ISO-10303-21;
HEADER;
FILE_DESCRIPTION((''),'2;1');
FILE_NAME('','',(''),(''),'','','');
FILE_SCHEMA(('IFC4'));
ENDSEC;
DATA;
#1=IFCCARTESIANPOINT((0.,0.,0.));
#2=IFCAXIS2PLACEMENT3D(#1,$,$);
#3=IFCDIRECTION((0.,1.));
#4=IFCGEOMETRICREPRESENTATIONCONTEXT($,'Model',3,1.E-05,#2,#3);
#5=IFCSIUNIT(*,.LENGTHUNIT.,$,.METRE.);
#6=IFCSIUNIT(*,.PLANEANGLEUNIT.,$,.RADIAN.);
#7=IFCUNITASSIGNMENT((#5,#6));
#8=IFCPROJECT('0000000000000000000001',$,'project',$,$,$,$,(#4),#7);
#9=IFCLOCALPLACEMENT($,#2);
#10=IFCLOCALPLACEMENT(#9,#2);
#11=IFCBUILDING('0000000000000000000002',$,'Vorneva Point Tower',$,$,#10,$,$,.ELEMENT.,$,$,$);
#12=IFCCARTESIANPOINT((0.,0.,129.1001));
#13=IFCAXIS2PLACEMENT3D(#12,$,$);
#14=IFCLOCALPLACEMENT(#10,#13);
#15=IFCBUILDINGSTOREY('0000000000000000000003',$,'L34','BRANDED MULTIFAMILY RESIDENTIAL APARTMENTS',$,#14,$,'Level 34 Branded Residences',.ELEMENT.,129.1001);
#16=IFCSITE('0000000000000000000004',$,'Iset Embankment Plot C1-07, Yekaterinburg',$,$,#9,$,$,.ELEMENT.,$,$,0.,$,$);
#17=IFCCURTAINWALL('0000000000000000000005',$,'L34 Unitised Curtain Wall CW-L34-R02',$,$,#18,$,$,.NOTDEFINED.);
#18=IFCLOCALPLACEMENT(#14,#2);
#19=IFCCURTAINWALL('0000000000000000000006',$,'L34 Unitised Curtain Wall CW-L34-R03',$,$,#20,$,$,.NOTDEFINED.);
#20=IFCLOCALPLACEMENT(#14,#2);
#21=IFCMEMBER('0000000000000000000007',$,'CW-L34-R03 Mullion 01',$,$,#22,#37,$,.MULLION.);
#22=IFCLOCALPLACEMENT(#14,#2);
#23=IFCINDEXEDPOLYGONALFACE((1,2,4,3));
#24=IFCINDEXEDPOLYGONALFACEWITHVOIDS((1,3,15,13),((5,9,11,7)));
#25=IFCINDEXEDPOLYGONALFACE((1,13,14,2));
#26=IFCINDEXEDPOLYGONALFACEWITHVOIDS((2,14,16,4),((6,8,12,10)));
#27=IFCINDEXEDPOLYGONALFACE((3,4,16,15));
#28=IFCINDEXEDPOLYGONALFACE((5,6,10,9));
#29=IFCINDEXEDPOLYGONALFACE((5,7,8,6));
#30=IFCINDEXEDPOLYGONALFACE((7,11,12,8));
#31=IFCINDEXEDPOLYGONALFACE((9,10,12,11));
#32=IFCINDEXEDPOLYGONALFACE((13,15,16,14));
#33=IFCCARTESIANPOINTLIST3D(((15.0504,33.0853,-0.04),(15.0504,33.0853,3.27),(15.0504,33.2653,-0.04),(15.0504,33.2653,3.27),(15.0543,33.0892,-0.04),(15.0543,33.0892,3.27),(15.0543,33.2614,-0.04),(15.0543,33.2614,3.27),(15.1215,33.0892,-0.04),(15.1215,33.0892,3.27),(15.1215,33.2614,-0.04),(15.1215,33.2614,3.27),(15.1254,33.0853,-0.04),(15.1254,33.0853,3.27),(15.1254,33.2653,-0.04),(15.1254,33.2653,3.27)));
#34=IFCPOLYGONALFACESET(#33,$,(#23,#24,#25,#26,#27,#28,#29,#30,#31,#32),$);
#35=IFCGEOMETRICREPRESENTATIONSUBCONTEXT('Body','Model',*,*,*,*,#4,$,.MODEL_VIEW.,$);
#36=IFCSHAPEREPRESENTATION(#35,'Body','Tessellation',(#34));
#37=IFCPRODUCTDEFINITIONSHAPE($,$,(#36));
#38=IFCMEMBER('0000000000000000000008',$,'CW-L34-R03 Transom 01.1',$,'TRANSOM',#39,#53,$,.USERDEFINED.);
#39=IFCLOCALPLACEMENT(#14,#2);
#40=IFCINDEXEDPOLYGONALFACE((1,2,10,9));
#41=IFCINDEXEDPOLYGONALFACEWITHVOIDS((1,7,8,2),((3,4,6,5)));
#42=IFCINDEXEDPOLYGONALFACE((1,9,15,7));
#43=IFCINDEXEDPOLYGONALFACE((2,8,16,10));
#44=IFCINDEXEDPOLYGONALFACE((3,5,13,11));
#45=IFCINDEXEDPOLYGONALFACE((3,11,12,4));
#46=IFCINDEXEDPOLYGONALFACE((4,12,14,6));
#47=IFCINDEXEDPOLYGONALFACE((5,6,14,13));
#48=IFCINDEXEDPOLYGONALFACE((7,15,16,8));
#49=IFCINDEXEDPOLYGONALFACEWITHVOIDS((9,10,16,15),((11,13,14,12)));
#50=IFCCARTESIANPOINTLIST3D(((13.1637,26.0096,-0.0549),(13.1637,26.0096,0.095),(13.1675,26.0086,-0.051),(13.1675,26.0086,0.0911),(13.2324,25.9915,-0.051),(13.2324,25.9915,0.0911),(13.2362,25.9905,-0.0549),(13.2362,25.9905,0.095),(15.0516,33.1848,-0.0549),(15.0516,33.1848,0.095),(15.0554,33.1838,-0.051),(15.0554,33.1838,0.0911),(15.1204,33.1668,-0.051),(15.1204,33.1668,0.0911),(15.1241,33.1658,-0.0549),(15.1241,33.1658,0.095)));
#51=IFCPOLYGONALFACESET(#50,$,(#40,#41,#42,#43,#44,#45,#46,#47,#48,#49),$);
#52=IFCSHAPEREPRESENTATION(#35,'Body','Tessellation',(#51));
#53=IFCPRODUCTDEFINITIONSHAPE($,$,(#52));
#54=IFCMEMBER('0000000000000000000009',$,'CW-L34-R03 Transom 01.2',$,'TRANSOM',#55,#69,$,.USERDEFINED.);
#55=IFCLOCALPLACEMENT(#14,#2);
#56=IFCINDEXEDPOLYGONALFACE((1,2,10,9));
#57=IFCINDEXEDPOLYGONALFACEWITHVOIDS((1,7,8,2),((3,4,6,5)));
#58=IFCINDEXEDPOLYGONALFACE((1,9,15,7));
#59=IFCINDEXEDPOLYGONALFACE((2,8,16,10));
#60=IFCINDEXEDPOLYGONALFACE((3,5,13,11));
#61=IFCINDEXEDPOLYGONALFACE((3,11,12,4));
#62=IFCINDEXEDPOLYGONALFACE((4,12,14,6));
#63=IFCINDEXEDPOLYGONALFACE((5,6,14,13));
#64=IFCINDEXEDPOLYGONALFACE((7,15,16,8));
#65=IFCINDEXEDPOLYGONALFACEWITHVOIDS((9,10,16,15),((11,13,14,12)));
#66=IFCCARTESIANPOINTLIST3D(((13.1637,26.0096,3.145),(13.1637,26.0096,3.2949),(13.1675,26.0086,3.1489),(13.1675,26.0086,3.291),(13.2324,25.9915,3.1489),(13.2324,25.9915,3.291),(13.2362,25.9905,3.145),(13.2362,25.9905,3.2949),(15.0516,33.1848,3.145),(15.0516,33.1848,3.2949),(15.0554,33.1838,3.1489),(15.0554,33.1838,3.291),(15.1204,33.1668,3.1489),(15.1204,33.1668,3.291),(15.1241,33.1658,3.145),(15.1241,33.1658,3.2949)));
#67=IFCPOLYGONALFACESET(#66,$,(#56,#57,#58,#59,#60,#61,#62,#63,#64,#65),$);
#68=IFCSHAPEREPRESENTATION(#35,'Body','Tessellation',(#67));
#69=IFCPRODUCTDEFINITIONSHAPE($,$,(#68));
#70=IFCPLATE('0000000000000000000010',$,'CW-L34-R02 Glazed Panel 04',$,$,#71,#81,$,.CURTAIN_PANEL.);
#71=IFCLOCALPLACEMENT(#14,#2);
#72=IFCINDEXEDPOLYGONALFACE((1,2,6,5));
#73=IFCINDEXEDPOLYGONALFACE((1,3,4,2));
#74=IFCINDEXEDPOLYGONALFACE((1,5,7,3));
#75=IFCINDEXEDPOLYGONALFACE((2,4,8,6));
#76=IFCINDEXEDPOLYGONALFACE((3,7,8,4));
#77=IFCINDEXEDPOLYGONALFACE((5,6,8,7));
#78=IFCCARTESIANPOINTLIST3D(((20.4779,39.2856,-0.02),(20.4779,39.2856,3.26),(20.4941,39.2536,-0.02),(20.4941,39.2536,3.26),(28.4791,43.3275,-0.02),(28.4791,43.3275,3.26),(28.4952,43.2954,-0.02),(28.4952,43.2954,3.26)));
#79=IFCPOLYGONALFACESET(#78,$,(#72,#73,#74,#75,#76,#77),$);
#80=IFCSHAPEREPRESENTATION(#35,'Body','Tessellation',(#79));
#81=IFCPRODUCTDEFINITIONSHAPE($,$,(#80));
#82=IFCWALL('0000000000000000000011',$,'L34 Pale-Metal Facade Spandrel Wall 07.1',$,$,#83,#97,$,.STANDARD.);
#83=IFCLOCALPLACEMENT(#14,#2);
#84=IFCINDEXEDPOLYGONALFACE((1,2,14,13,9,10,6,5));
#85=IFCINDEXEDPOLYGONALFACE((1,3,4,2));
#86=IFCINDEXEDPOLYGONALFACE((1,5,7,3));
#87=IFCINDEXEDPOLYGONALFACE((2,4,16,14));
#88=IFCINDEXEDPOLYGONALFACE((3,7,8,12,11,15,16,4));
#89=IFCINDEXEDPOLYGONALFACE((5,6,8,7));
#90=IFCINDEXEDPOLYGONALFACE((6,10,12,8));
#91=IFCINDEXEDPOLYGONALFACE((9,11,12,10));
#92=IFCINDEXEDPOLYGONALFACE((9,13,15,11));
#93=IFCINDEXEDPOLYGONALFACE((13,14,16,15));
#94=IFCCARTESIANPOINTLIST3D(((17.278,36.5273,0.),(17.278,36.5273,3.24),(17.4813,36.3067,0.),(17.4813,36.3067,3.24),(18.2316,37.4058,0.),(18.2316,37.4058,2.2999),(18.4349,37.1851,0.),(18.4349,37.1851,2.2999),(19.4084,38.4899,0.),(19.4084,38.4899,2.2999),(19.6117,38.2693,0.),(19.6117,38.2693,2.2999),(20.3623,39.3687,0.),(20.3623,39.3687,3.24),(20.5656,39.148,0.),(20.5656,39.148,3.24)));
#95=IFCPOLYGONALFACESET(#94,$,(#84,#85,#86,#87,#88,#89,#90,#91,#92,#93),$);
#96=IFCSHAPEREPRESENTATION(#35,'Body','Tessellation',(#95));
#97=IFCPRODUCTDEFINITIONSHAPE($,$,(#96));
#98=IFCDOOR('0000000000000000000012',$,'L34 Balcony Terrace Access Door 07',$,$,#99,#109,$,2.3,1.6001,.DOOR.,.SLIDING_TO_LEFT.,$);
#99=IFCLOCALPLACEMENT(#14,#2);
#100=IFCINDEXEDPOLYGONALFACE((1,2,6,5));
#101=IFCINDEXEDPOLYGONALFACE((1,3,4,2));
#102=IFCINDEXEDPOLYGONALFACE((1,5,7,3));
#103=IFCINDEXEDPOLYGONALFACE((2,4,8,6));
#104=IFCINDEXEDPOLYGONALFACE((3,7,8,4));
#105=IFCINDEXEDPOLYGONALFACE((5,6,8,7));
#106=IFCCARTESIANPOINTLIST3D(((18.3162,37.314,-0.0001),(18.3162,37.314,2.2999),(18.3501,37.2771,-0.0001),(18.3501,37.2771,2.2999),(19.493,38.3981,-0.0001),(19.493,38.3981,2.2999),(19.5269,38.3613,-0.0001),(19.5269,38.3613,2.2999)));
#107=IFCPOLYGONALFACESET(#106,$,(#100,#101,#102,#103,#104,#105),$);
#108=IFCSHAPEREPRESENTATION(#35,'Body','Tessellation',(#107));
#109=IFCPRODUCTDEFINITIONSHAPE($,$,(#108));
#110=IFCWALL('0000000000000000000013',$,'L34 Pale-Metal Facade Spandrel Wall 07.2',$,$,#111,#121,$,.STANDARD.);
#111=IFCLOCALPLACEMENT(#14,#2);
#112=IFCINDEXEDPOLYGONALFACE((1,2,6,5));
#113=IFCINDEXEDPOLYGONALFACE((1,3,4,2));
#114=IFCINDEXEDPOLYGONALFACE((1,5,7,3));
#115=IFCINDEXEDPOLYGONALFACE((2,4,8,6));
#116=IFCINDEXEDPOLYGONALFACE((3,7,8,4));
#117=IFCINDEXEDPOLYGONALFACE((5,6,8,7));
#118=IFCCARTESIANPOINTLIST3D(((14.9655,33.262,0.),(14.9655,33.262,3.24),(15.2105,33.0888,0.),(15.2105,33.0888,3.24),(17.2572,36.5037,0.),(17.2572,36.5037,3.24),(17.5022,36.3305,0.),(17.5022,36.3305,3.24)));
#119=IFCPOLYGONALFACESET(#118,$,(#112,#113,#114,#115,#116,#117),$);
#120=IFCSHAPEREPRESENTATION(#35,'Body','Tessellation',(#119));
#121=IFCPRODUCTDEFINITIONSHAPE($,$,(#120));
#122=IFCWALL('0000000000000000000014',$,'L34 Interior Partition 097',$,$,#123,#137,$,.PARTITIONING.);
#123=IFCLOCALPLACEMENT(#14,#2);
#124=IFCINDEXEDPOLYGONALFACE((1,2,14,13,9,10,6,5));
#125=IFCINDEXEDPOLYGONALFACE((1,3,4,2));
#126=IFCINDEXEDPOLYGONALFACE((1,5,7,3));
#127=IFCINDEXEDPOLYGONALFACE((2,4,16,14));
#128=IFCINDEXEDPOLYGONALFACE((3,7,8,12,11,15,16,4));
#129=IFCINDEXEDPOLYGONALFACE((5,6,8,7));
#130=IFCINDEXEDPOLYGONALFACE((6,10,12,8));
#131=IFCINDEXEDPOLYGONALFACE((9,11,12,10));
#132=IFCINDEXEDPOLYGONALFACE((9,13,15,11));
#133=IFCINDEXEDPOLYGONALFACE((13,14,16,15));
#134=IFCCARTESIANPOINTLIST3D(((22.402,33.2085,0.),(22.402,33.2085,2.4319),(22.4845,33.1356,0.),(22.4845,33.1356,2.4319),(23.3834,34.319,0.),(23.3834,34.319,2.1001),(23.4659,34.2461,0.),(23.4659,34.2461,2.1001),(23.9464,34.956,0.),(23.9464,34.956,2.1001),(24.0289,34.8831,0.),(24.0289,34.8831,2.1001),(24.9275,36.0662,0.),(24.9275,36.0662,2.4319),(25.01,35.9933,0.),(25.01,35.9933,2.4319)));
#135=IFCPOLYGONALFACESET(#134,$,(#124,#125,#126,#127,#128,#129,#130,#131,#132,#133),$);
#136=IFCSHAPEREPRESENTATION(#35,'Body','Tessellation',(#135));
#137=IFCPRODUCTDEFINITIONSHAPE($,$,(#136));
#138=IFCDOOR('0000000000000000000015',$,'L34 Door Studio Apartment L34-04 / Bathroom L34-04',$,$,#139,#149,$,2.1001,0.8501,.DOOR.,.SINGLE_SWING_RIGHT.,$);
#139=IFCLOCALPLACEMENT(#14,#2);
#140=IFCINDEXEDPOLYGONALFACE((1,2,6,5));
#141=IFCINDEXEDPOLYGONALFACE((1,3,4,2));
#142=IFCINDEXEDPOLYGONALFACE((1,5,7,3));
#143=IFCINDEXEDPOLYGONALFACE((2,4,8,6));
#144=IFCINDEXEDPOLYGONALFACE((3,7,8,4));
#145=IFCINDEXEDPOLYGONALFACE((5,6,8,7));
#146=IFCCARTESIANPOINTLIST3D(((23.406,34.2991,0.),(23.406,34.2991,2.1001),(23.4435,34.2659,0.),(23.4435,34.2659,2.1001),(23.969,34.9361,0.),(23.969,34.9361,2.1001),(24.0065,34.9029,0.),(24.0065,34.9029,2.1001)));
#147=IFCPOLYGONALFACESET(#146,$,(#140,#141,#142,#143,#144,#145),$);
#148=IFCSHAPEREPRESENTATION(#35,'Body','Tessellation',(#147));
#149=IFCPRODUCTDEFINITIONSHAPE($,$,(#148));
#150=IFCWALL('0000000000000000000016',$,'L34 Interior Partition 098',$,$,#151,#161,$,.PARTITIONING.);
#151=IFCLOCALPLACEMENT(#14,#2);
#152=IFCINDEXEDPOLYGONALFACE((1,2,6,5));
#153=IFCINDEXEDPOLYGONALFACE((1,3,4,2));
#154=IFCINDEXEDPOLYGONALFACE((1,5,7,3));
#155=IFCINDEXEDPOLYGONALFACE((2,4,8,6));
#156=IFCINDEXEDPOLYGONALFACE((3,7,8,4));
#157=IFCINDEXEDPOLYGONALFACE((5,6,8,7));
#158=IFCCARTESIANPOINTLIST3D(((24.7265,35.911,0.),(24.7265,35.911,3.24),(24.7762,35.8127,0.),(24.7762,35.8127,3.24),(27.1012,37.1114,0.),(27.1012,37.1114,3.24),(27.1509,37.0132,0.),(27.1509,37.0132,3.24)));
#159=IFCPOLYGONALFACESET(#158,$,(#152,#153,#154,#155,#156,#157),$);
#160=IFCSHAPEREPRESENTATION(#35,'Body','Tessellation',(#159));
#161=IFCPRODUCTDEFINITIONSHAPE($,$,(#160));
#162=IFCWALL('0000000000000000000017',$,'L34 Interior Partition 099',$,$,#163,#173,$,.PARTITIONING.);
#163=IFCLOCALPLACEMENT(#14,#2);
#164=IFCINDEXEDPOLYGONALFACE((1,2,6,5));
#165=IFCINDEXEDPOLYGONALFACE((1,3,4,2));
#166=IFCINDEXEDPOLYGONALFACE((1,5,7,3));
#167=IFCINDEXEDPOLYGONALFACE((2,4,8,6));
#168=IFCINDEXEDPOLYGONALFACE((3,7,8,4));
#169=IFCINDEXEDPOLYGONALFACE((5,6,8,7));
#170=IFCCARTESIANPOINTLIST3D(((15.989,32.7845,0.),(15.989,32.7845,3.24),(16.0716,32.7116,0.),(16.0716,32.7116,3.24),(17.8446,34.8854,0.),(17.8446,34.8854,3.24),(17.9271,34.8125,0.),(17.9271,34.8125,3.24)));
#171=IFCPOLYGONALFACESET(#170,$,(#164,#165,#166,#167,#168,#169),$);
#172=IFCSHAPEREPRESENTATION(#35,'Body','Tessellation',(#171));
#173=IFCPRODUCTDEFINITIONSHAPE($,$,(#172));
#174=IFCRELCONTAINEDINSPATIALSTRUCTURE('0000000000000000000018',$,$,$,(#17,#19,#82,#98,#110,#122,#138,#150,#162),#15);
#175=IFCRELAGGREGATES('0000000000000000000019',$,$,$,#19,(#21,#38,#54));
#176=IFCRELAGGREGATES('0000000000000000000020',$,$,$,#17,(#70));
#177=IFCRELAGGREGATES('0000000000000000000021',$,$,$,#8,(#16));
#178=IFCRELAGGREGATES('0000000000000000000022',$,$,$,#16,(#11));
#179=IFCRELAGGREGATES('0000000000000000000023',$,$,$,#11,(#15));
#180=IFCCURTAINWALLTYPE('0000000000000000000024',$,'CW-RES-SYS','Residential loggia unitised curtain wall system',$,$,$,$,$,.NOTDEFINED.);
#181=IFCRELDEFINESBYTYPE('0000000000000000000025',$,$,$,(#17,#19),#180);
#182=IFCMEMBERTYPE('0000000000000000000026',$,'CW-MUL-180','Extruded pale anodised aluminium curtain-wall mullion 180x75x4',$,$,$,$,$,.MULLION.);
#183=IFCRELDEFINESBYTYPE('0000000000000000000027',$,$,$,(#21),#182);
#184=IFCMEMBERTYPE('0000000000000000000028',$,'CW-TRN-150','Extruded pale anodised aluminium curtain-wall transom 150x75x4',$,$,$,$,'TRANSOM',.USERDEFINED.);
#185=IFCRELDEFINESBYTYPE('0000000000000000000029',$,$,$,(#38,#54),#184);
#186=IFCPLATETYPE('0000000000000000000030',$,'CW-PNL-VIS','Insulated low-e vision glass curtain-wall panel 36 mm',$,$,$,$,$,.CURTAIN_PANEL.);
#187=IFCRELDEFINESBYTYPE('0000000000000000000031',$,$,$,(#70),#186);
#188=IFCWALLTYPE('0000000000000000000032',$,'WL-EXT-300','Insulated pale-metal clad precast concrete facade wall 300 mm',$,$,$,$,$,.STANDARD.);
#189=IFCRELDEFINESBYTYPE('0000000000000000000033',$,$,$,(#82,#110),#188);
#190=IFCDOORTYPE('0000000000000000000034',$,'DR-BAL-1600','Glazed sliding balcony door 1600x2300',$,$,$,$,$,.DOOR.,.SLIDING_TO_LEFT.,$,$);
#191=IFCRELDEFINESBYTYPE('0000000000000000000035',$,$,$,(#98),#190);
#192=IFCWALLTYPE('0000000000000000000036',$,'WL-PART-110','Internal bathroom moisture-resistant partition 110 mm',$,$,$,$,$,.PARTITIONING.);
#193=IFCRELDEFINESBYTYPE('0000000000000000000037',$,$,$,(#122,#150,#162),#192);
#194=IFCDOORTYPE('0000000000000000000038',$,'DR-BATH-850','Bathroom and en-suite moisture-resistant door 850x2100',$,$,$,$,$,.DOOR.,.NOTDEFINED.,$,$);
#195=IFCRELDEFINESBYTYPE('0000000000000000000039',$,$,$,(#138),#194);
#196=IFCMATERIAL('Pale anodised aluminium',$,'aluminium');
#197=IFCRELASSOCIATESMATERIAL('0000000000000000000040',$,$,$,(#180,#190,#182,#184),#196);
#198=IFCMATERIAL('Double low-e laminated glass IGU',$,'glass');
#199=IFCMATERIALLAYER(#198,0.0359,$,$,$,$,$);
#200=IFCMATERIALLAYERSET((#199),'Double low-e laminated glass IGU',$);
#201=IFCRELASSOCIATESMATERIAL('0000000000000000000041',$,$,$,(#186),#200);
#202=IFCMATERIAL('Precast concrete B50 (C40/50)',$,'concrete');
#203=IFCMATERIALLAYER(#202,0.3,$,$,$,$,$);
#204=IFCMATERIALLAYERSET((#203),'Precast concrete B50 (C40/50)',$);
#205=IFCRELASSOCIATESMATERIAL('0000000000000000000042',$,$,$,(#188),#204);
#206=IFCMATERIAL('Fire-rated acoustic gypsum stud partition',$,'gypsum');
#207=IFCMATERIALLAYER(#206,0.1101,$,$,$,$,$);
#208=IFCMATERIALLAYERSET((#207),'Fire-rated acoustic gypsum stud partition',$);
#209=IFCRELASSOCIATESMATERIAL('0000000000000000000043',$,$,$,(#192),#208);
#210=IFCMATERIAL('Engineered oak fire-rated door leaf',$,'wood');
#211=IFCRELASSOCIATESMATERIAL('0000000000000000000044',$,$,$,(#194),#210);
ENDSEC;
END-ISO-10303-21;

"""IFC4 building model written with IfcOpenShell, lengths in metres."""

from ifc_helpers import new_model, si_unit, direction, frame, frame_2d, origin, origin_2d, place, context, subcontext, project, spatial, rectangle, hollow_rectangle, extrude, material, layer, layer_set, material_profile, profile_set, type_object, element, fill, aggregate, save


model = new_model("IFC4")

# Units and contexts
model_context = context("Model", 3, precision=1e-05, world=origin(), true_north=direction((0.0, 1.0)))
body_context = subcontext(model_context, "Body", "Model", "MODEL_VIEW")
ifc_project = project(units=[si_unit("LENGTHUNIT", "METRE"), si_unit("PLANEANGLEUNIT", "RADIAN")], contexts=[model_context])

# Site, building, storey
site_placement = place(None, origin())
site = spatial("IfcSite", under=ifc_project, at=site_placement, Name="Iset Embankment Plot C1-07, Yekaterinburg", CompositionType="ELEMENT", RefElevation=0.0)
building_placement = place(site_placement, origin())
building = spatial("IfcBuilding", under=site, at=building_placement, Name="Vorneva Point Tower", CompositionType="ELEMENT")
storey_placement = place(building_placement, frame((0.0, 0.0, 129.1001)))
storey = spatial("IfcBuildingStorey", under=building, at=storey_placement, Name="L34", Description="BRANDED MULTIFAMILY RESIDENTIAL APARTMENTS", LongName="Level 34 Branded Residences", CompositionType="ELEMENT", Elevation=129.1001)

# Curtain wall
ifc_material_1 = material(Name="Pale anodised aluminium", Category="aluminium")
curtain_wall_type = type_object("IfcCurtainWallType", Name="CW-RES-SYS", Description="Residential loggia unitised curtain wall system", PredefinedType="NOTDEFINED", material=ifc_material_1)
curtain_wall_1_placement = place(storey_placement, origin())
curtain_wall_1 = element("IfcCurtainWall", 1, at=curtain_wall_1_placement, inside=storey, type_object=curtain_wall_type, Name="L34 Unitised Curtain Wall CW-L34-R02", PredefinedType="NOTDEFINED")
ifc_material_profile_1 = material_profile(ifc_material_1, hollow_rectangle(XDim=0.075, YDim=0.1799, WallThickness=0.0039, at=origin_2d()), Name="AL-MUL 180x75x4")
ifc_profile_set_1 = profile_set([ifc_material_profile_1], Name="Pale anodised aluminium")
member_type_1 = type_object("IfcMemberType", Name="CW-MUL-180", Description="Extruded pale anodised aluminium curtain-wall mullion 180x75x4", PredefinedType="MULLION", material=ifc_profile_set_1)

# Curtain wall, members
curtain_wall_2_placement = place(storey_placement, origin())
curtain_wall_2 = element("IfcCurtainWall", 2, at=curtain_wall_2_placement, inside=storey, type_object=curtain_wall_type, Name="L34 Unitised Curtain Wall CW-L34-R03", PredefinedType="NOTDEFINED")
member_1_placement = place(storey_placement, frame((15.0879, 33.1753, -0.04), z_axis=(0.0, 0.0, 1.0), x_axis=(1.0, 0.0, 0.0)))
member_1 = element("IfcMember", 3, at=member_1_placement, type_object=member_type_1, Name="CW-L34-R03 Mullion 01", PredefinedType="MULLION", context=body_context, shape_type="SweptSolid", body=[
    extrude(hollow_rectangle(XDim=0.075, YDim=0.1799, WallThickness=0.0039, at=origin_2d()), origin(), (0.0, 0.0, 1.0), 3.3101),
])
ifc_material_profile_2 = material_profile(ifc_material_1, hollow_rectangle(XDim=0.075, YDim=0.1499, WallThickness=0.0039, at=origin_2d()), Name="AL-TRN 150x75x4")
ifc_profile_set_2 = profile_set([ifc_material_profile_2], Name="Pale anodised aluminium")
member_type_2 = type_object("IfcMemberType", Name="CW-TRN-150", Description="Extruded pale anodised aluminium curtain-wall transom 150x75x4", ElementType="TRANSOM", PredefinedType="USERDEFINED", material=ifc_profile_set_2)
member_2_placement = place(storey_placement, frame((15.0879, 33.1753, 0.02), z_axis=(-0.254456, -0.967084, 0.0), x_axis=(0.967084, -0.254456, 0.0)))
member_2 = element("IfcMember", 4, at=member_2_placement, type_object=member_type_2, Name="CW-L34-R03 Transom 01.1", ObjectType="TRANSOM", PredefinedType="USERDEFINED", context=body_context, shape_type="SweptSolid", body=[
    extrude(hollow_rectangle(XDim=0.075, YDim=0.1499, WallThickness=0.0039, at=origin_2d()), origin(), (0.0, 0.0, 1.0), 7.4194),
])
member_3_placement = place(storey_placement, frame((15.0879, 33.1753, 3.22), z_axis=(-0.254456, -0.967084, 0.0), x_axis=(0.967084, -0.254456, 0.0)))
member_3 = element("IfcMember", 5, at=member_3_placement, type_object=member_type_2, Name="CW-L34-R03 Transom 01.2", ObjectType="TRANSOM", PredefinedType="USERDEFINED", context=body_context, shape_type="SweptSolid", body=[
    extrude(hollow_rectangle(XDim=0.075, YDim=0.1499, WallThickness=0.0039, at=origin_2d()), origin(), (0.0, 0.0, 1.0), 7.4194),
])
aggregate(curtain_wall_2, [member_1, member_2, member_3])

# Plate
ifc_material_2 = material(Name="Double low-e laminated glass IGU", Category="glass")
ifc_layer_1 = layer(ifc_material_2, 0.0359)
ifc_layer_set_1 = layer_set([ifc_layer_1], Name="Double low-e laminated glass IGU")
plate_type = type_object("IfcPlateType", Name="CW-PNL-VIS", Description="Insulated low-e vision glass curtain-wall panel 36 mm", PredefinedType="CURTAIN_PANEL", material=ifc_layer_set_1)
plate_placement = place(storey_placement, frame((24.4866, 41.2905, -0.02), z_axis=(0.0, 0.0, 1.0), x_axis=(-0.892578, -0.450893, 0.0)))
plate = element("IfcPlate", 6, at=plate_placement, type_object=plate_type, Name="CW-L34-R02 Glazed Panel 04", PredefinedType="CURTAIN_PANEL", context=body_context, shape_type="SweptSolid", body=[
    extrude(rectangle(XDim=8.9641, YDim=0.0359, at=origin_2d()), origin(), (0.0, 0.0, 1.0), 3.28),
])
aggregate(curtain_wall_1, [plate])

# Wall, opening, door
ifc_material_3 = material(Name="Precast concrete B50 (C40/50)", Category="concrete")
ifc_layer_2 = layer(ifc_material_3, 0.3)
ifc_layer_set_2 = layer_set([ifc_layer_2], Name="Precast concrete B50 (C40/50)")
wall_type_1 = type_object("IfcWallType", Name="WL-EXT-300", Description="Insulated pale-metal clad precast concrete facade wall 300 mm", PredefinedType="STANDARD", material=ifc_layer_set_2)
wall_1_placement = place(storey_placement, frame((20.4639, 39.2583, 0.0), z_axis=(0.0, 0.0, 1.0), x_axis=(-0.735477, -0.67755, 0.0)))
wall_1 = element("IfcWall", 7, at=wall_1_placement, inside=storey, type_object=wall_type_1, Name="L34 Pale-Metal Facade Spandrel Wall 07.1", PredefinedType="STANDARD", context=body_context, shape_type="SweptSolid", body=[
    extrude(rectangle(XDim=4.1936, YDim=0.3, at=frame_2d((2.0967, 0.0))), origin(), (0.0, 0.0, 1.0), 3.24),
])
opening_1_placement = place(wall_1_placement, frame((1.2969, 0.0, 0.0)))
opening_1 = element("IfcOpeningElement", 8, at=opening_1_placement, cuts=wall_1, PredefinedType="OPENING", context=body_context, shape_type="SweptSolid", body=[
    extrude(rectangle(XDim=1.6001, YDim=2.3, at=frame_2d((0.8, 1.1499))), frame((0.0, 0.165, 0.0), z_axis=(0.0, -1.0, 0.0), x_axis=(1.0, 0.0, 0.0)), (0.0, 0.0, 1.0), 0.3298),
])
door_type_1 = type_object("IfcDoorType", Name="DR-BAL-1600", Description="Glazed sliding balcony door 1600x2300", OperationType="SLIDING_TO_LEFT", PredefinedType="DOOR", material=ifc_material_1)
door_1_placement = place(opening_1_placement, origin())
door_1 = element("IfcDoor", 9, at=door_1_placement, inside=storey, type_object=door_type_1, Name="L34 Balcony Terrace Access Door 07", OperationType="SLIDING_TO_LEFT", OverallHeight=2.3, OverallWidth=1.6001, PredefinedType="DOOR", context=body_context, shape_type="SweptSolid", body=[
    extrude(rectangle(XDim=1.6001, YDim=2.3, at=frame_2d((0.8, 1.1499))), frame((0.0, 0.0249, 0.0), z_axis=(0.0, -1.0, 0.0), x_axis=(1.0, 0.0, 0.0)), (0.0, 0.0, 1.0), 0.05),
])
fill(opening_1, door_1)

# Wall
wall_2_placement = place(storey_placement, frame((17.3796, 36.417, 0.0), z_axis=(0.0, 0.0, 1.0), x_axis=(-0.57727, -0.816554, 0.0)))
element("IfcWall", 10, at=wall_2_placement, inside=storey, type_object=wall_type_1, Name="L34 Pale-Metal Facade Spandrel Wall 07.2", PredefinedType="STANDARD", context=body_context, shape_type="SweptSolid", body=[
    extrude(rectangle(XDim=3.97, YDim=0.3, at=frame_2d((1.9849, 0.0))), origin(), (0.0, 0.0, 1.0), 3.24),
])

# Wall, opening, door
ifc_material_4 = material(Name="Fire-rated acoustic gypsum stud partition", Category="gypsum")
ifc_layer_3 = layer(ifc_material_4, 0.1101)
ifc_layer_set_3 = layer_set([ifc_layer_3], Name="Fire-rated acoustic gypsum stud partition")
wall_type_2 = type_object("IfcWallType", Name="WL-PART-110", Description="Internal bathroom moisture-resistant partition 110 mm", PredefinedType="PARTITIONING", material=ifc_layer_set_3)
wall_3_placement = place(storey_placement, frame((22.4434, 33.1721, 0.0), z_axis=(0.0, 0.0, 1.0), x_axis=(0.662199, 0.749328, 0.0)))
wall_3 = element("IfcWall", 11, at=wall_3_placement, inside=storey, type_object=wall_type_2, Name="L34 Interior Partition 097", PredefinedType="PARTITIONING", context=body_context, shape_type="SweptSolid", body=[
    extrude(rectangle(XDim=3.8137, YDim=0.1101, at=frame_2d((1.9067, 0.0))), origin(), (0.0, 0.0, 1.0), 2.4319),
])
opening_2_placement = place(wall_3_placement, frame((1.4819, 0.0, 0.0)))
opening_2 = element("IfcOpeningElement", 12, at=opening_2_placement, cuts=wall_3, PredefinedType="OPENING", context=body_context, shape_type="SweptSolid", body=[
    extrude(rectangle(XDim=0.8501, YDim=2.1001, at=frame_2d((0.425, 1.05))), frame((0.0, 0.0698, 0.0), z_axis=(0.0, -1.0, 0.0), x_axis=(1.0, 0.0, 0.0)), (0.0, 0.0, 1.0), 0.1399),
])
ifc_material_5 = material(Name="Engineered oak fire-rated door leaf", Category="wood")
door_type_2 = type_object("IfcDoorType", Name="DR-BATH-850", Description="Bathroom and en-suite moisture-resistant door 850x2100", OperationType="NOTDEFINED", PredefinedType="DOOR", material=ifc_material_5)
door_2_placement = place(opening_2_placement, origin())
door_2 = element("IfcDoor", 13, at=door_2_placement, inside=storey, type_object=door_type_2, Name="L34 Door Studio Apartment L34-04 / Bathroom L34-04", OperationType="SINGLE_SWING_RIGHT", OverallHeight=2.1001, OverallWidth=0.8501, PredefinedType="DOOR", context=body_context, shape_type="SweptSolid", body=[
    extrude(rectangle(XDim=0.8501, YDim=2.1001, at=frame_2d((0.425, 1.05))), frame((0.0, 0.0249, 0.0), z_axis=(0.0, -1.0, 0.0), x_axis=(1.0, 0.0, 0.0)), (0.0, 0.0, 1.0), 0.05),
])
fill(opening_2, door_2)

# Walls
wall_4_placement = place(storey_placement, frame((24.7512, 35.8618, 0.0), z_axis=(0.0, 0.0, 1.0), x_axis=(0.892455, 0.451136, 0.0)))
element("IfcWall", 14, at=wall_4_placement, inside=storey, type_object=wall_type_2, Name="L34 Interior Partition 098", PredefinedType="PARTITIONING", context=body_context, shape_type="SweptSolid", body=[
    extrude(rectangle(XDim=2.6609, YDim=0.1101, at=frame_2d((1.3306, 0.0))), origin(), (0.0, 0.0, 1.0), 3.24),
])
wall_5_placement = place(storey_placement, frame((17.8857, 34.8489, 0.0), z_axis=(0.0, 0.0, 1.0), x_axis=(-0.661982, -0.74952, 0.0)))
element("IfcWall", 15, at=wall_5_placement, inside=storey, type_object=wall_type_2, Name="L34 Interior Partition 099", PredefinedType="PARTITIONING", context=body_context, shape_type="SweptSolid", body=[
    extrude(rectangle(XDim=2.803, YDim=0.1101, at=frame_2d((1.4014, 0.0))), origin(), (0.0, 0.0, 1.0), 3.24),
])

save(model, "model.ifc")
